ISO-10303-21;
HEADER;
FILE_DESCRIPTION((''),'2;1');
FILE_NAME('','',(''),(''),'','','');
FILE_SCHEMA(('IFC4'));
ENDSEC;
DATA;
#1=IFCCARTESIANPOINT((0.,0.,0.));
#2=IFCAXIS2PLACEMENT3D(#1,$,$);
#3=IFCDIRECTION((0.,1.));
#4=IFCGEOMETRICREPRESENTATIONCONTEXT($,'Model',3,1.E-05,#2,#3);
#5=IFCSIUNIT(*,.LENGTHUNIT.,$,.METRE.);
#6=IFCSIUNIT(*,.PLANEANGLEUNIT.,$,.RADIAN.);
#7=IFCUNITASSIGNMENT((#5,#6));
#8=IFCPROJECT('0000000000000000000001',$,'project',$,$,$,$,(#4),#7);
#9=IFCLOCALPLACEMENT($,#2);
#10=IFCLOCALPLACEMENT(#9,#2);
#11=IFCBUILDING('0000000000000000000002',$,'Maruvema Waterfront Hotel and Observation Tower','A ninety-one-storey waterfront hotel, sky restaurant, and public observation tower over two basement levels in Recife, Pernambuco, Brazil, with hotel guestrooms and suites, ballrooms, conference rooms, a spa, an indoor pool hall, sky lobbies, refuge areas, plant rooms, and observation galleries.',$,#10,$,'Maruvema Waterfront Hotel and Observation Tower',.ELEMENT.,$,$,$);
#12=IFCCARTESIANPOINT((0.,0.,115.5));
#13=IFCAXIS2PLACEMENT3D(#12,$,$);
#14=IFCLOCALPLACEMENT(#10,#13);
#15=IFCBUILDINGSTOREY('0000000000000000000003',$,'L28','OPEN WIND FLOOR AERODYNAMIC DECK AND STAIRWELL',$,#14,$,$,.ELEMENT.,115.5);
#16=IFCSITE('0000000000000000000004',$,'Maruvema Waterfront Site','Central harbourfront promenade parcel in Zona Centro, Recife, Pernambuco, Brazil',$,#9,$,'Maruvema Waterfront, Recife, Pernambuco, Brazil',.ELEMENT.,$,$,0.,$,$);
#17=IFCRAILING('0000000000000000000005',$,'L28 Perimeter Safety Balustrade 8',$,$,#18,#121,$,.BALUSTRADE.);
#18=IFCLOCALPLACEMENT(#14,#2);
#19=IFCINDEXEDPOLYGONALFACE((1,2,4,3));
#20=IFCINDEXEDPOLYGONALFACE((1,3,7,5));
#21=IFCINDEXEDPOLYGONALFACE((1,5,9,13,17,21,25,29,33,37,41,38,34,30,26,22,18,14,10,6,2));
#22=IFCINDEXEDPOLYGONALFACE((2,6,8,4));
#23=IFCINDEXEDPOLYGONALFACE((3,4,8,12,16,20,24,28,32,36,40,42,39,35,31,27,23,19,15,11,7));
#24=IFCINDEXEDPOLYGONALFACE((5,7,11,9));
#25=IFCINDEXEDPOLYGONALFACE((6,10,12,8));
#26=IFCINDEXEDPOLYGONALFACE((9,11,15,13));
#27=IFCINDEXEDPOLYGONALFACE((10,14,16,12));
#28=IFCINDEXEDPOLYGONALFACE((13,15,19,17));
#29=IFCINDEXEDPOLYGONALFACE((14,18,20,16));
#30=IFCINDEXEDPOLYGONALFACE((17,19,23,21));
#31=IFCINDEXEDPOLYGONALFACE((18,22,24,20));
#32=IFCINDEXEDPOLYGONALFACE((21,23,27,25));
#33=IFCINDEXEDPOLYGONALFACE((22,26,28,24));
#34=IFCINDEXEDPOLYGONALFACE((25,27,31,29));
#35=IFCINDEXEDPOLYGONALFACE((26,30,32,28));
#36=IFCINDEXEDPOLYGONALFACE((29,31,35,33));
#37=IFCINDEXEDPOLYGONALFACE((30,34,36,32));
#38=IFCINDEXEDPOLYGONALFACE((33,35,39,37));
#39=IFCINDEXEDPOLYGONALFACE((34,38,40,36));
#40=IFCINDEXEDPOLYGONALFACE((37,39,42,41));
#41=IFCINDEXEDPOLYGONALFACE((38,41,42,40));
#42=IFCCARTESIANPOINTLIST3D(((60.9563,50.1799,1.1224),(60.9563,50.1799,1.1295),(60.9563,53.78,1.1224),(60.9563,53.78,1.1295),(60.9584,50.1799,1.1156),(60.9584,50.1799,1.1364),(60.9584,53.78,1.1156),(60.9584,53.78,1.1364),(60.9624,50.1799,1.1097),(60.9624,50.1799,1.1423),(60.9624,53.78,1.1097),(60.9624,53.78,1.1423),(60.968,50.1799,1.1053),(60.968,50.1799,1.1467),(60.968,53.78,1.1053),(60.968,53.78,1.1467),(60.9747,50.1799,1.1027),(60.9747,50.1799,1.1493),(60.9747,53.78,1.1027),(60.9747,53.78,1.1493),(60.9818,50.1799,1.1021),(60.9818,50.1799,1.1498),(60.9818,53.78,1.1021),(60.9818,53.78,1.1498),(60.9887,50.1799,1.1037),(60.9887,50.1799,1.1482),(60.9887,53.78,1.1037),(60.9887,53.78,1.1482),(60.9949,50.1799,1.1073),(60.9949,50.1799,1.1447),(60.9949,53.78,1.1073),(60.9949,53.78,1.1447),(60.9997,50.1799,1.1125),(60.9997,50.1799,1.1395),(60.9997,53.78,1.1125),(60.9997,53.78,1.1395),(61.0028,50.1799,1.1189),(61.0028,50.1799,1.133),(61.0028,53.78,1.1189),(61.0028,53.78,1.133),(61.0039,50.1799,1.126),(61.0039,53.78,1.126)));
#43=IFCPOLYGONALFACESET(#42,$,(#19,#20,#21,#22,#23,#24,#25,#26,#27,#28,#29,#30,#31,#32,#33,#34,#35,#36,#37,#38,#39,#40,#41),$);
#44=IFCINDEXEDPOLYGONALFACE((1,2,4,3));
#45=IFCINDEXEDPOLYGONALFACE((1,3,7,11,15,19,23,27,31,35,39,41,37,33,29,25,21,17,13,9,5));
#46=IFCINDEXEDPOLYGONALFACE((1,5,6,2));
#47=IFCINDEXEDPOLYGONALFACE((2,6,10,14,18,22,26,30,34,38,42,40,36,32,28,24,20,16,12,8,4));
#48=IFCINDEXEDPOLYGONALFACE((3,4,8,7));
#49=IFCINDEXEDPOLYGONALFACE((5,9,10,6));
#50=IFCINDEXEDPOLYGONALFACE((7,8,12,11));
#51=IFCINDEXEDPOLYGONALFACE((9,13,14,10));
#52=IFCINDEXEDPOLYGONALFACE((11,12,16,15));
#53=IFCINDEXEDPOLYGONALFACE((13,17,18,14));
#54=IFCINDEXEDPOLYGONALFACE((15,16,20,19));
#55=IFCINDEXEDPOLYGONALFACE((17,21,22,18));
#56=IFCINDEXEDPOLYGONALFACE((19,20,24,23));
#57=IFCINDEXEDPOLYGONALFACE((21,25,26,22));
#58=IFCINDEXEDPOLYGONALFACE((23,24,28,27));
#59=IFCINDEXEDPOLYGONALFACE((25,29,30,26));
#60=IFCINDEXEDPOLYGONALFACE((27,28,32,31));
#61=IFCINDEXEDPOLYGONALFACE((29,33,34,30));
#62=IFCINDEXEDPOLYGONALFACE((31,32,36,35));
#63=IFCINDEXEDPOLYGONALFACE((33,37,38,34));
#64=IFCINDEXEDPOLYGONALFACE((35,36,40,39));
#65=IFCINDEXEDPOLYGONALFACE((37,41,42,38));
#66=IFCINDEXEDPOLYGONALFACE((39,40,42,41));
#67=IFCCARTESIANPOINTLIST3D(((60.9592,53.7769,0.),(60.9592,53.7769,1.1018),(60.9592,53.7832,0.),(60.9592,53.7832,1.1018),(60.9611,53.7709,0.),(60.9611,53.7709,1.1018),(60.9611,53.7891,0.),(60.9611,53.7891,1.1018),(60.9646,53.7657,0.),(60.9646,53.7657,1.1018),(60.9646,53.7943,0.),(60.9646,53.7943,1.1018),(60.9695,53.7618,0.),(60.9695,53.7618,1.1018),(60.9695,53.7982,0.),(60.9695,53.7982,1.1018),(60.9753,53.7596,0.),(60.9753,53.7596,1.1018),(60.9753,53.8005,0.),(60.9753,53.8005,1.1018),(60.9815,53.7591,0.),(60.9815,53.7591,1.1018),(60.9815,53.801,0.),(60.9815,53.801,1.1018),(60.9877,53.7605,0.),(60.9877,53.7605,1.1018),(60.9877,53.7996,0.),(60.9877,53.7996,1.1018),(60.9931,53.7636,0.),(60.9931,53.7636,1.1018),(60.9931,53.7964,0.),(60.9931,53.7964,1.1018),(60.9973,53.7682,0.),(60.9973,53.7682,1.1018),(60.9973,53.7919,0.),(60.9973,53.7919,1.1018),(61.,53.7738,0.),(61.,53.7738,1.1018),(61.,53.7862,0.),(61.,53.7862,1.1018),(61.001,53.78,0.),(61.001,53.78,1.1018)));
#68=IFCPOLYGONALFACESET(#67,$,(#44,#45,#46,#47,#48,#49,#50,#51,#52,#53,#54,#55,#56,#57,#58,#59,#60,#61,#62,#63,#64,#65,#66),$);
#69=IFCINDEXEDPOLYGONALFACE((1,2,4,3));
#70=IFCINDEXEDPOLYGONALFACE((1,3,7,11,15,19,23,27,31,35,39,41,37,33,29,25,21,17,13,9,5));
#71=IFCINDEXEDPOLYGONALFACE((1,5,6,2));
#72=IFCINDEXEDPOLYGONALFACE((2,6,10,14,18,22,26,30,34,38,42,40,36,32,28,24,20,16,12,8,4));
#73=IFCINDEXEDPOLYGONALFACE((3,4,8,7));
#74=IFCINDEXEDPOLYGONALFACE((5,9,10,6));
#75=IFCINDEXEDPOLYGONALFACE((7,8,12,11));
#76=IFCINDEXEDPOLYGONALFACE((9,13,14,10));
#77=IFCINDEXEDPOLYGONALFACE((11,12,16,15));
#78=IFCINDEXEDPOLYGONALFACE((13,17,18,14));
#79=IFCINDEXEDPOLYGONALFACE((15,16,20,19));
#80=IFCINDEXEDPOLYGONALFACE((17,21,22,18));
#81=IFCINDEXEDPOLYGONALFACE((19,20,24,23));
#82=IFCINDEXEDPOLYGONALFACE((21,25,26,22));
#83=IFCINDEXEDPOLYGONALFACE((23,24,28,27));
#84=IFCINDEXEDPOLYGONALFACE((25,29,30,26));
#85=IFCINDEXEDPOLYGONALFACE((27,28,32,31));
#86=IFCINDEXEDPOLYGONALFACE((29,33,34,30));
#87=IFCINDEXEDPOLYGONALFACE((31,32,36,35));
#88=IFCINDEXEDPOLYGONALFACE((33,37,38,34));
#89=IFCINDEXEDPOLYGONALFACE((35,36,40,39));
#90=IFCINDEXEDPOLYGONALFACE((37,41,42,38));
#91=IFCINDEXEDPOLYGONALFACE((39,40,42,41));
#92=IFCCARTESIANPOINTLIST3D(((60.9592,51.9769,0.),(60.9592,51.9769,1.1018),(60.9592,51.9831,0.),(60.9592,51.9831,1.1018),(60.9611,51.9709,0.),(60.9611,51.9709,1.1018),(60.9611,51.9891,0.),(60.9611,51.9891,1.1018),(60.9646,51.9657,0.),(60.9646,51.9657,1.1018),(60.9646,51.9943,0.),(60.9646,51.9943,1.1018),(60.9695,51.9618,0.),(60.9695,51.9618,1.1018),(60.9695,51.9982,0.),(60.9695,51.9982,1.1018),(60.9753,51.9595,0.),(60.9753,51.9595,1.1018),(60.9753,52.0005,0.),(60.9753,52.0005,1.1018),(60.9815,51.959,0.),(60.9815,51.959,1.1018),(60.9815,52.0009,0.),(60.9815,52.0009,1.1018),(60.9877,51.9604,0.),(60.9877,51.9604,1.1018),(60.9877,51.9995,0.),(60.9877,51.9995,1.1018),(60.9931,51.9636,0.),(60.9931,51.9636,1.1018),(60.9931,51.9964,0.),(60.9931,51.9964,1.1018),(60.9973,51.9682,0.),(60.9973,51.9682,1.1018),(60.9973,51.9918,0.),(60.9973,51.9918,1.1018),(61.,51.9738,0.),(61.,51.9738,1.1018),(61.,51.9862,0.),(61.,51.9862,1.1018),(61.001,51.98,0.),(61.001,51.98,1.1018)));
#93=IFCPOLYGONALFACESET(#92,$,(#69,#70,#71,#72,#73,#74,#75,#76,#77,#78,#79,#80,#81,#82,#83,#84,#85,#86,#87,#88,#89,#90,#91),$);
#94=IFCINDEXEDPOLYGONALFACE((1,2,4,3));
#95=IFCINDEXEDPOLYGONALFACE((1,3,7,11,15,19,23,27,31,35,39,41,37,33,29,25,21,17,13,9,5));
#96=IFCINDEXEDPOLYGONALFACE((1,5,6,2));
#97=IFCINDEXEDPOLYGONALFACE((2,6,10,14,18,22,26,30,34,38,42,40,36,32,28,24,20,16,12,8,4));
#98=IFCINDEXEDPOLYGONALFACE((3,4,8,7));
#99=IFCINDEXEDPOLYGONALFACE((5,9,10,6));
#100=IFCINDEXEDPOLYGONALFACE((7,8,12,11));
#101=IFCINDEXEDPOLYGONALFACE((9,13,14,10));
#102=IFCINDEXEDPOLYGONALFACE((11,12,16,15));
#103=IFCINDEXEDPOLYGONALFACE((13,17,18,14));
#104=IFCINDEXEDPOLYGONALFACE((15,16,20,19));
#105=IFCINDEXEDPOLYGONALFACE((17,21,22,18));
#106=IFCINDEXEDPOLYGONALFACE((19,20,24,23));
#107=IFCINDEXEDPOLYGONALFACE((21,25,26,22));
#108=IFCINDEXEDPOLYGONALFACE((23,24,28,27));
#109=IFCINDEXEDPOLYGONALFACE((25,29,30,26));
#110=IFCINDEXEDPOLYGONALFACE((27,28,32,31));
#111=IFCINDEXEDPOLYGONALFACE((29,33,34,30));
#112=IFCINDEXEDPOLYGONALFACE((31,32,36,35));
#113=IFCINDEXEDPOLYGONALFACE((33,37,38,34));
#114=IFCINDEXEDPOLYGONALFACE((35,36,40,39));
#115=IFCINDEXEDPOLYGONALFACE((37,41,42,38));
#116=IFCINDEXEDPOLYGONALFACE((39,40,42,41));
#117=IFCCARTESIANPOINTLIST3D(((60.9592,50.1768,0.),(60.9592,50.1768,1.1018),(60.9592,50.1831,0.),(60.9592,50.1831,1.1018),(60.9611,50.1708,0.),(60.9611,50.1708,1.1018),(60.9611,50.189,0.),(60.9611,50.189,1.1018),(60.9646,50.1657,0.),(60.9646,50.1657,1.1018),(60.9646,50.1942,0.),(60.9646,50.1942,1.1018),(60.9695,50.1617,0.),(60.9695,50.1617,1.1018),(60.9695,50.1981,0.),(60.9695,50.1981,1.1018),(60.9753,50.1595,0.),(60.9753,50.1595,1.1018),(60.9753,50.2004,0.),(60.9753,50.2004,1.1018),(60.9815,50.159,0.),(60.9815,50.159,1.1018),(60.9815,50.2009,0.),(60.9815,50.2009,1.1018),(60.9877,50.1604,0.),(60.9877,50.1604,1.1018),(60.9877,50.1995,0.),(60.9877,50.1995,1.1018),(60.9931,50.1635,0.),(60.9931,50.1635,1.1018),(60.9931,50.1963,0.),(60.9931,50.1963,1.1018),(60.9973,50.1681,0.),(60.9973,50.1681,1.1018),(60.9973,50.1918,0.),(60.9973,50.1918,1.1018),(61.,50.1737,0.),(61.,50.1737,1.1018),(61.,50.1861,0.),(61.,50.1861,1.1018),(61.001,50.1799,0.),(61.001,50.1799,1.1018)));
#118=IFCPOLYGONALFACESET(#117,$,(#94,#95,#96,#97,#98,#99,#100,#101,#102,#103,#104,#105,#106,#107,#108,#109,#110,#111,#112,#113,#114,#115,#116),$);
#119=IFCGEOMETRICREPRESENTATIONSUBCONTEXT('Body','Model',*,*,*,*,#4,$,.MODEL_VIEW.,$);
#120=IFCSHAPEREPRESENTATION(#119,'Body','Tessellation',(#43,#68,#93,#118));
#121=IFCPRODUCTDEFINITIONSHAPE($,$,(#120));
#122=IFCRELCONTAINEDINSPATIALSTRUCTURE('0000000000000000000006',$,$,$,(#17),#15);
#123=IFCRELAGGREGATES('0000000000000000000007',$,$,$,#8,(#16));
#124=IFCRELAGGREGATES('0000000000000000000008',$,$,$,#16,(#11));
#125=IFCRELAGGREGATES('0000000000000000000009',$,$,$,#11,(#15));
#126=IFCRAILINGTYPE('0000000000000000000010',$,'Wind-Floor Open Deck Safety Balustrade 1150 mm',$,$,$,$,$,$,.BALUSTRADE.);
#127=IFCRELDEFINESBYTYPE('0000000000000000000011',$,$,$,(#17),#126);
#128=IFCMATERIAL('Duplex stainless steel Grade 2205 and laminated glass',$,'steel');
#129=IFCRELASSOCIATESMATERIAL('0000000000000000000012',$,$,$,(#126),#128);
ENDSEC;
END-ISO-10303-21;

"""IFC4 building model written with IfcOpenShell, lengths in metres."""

from ifc_helpers import new_model, si_unit, direction, frame, origin, origin_2d, place, context, subcontext, project, spatial, circle, extrude, material, type_object, element, save


model = new_model("IFC4")

# Units and contexts
model_context = context("Model", 3, precision=1e-05, world=origin(), true_north=direction((0.0, 1.0)))
body_context = subcontext(model_context, "Body", "Model", "MODEL_VIEW")
ifc_project = project(units=[si_unit("LENGTHUNIT", "METRE"), si_unit("PLANEANGLEUNIT", "RADIAN")], contexts=[model_context])

# Site, building, storey
site_placement = place(None, origin())
site = spatial("IfcSite", under=ifc_project, at=site_placement, Name="Maruvema Waterfront Site", Description="Central harbourfront promenade parcel in Zona Centro, Recife, Pernambuco, Brazil", LongName="Maruvema Waterfront, Recife, Pernambuco, Brazil", CompositionType="ELEMENT", RefElevation=0.0)
building_placement = place(site_placement, origin())
building = spatial("IfcBuilding", under=site, at=building_placement, Name="Maruvema Waterfront Hotel and Observation Tower", Description="A ninety-one-storey waterfront hotel, sky restaurant, and public observation tower over two basement levels in Recife, Pernambuco, Brazil, with hotel guestrooms and suites, ballrooms, conference rooms, a spa, an indoor pool hall, sky lobbies, refuge areas, plant rooms, and observation galleries.", LongName="Maruvema Waterfront Hotel and Observation Tower", CompositionType="ELEMENT")
storey_placement = place(building_placement, frame((0.0, 0.0, 115.5)))
storey = spatial("IfcBuildingStorey", under=building, at=storey_placement, Name="L28", Description="OPEN WIND FLOOR AERODYNAMIC DECK AND STAIRWELL", CompositionType="ELEMENT", Elevation=115.5)

# Railing
ifc_material_1 = material(Name="Duplex stainless steel Grade 2205 and laminated glass", Category="steel")
railing_type = type_object("IfcRailingType", Name="Wind-Floor Open Deck Safety Balustrade 1150 mm", PredefinedType="BALUSTRADE", material=ifc_material_1)
railing_1_placement = place(storey_placement, frame((60.98, 53.78, 0.0)))
element("IfcRailing", 1, at=railing_1_placement, inside=storey, type_object=railing_type, Name="L28 Perimeter Safety Balustrade 8", PredefinedType="BALUSTRADE", context=body_context, shape_type="SweptSolid", body=[
    extrude(circle(Radius=0.0239, at=origin_2d()), frame((0.0, 0.0, 1.126), z_axis=(0.0, -1.0, 0.0), x_axis=(1.0, 0.0, 0.0)), (0.0, 0.0, 1.0), 3.6001),
    extrude(circle(Radius=0.021, at=origin_2d()), origin(), (0.0, 0.0, 1.0), 1.1018),
    extrude(circle(Radius=0.021, at=origin_2d()), frame((0.0, -1.8, 0.0)), (0.0, 0.0, 1.0), 1.1018),
    extrude(circle(Radius=0.021, at=origin_2d()), frame((0.0, -3.6001, 0.0)), (0.0, 0.0, 1.0), 1.1018),
])

save(model, "model.ifc")
